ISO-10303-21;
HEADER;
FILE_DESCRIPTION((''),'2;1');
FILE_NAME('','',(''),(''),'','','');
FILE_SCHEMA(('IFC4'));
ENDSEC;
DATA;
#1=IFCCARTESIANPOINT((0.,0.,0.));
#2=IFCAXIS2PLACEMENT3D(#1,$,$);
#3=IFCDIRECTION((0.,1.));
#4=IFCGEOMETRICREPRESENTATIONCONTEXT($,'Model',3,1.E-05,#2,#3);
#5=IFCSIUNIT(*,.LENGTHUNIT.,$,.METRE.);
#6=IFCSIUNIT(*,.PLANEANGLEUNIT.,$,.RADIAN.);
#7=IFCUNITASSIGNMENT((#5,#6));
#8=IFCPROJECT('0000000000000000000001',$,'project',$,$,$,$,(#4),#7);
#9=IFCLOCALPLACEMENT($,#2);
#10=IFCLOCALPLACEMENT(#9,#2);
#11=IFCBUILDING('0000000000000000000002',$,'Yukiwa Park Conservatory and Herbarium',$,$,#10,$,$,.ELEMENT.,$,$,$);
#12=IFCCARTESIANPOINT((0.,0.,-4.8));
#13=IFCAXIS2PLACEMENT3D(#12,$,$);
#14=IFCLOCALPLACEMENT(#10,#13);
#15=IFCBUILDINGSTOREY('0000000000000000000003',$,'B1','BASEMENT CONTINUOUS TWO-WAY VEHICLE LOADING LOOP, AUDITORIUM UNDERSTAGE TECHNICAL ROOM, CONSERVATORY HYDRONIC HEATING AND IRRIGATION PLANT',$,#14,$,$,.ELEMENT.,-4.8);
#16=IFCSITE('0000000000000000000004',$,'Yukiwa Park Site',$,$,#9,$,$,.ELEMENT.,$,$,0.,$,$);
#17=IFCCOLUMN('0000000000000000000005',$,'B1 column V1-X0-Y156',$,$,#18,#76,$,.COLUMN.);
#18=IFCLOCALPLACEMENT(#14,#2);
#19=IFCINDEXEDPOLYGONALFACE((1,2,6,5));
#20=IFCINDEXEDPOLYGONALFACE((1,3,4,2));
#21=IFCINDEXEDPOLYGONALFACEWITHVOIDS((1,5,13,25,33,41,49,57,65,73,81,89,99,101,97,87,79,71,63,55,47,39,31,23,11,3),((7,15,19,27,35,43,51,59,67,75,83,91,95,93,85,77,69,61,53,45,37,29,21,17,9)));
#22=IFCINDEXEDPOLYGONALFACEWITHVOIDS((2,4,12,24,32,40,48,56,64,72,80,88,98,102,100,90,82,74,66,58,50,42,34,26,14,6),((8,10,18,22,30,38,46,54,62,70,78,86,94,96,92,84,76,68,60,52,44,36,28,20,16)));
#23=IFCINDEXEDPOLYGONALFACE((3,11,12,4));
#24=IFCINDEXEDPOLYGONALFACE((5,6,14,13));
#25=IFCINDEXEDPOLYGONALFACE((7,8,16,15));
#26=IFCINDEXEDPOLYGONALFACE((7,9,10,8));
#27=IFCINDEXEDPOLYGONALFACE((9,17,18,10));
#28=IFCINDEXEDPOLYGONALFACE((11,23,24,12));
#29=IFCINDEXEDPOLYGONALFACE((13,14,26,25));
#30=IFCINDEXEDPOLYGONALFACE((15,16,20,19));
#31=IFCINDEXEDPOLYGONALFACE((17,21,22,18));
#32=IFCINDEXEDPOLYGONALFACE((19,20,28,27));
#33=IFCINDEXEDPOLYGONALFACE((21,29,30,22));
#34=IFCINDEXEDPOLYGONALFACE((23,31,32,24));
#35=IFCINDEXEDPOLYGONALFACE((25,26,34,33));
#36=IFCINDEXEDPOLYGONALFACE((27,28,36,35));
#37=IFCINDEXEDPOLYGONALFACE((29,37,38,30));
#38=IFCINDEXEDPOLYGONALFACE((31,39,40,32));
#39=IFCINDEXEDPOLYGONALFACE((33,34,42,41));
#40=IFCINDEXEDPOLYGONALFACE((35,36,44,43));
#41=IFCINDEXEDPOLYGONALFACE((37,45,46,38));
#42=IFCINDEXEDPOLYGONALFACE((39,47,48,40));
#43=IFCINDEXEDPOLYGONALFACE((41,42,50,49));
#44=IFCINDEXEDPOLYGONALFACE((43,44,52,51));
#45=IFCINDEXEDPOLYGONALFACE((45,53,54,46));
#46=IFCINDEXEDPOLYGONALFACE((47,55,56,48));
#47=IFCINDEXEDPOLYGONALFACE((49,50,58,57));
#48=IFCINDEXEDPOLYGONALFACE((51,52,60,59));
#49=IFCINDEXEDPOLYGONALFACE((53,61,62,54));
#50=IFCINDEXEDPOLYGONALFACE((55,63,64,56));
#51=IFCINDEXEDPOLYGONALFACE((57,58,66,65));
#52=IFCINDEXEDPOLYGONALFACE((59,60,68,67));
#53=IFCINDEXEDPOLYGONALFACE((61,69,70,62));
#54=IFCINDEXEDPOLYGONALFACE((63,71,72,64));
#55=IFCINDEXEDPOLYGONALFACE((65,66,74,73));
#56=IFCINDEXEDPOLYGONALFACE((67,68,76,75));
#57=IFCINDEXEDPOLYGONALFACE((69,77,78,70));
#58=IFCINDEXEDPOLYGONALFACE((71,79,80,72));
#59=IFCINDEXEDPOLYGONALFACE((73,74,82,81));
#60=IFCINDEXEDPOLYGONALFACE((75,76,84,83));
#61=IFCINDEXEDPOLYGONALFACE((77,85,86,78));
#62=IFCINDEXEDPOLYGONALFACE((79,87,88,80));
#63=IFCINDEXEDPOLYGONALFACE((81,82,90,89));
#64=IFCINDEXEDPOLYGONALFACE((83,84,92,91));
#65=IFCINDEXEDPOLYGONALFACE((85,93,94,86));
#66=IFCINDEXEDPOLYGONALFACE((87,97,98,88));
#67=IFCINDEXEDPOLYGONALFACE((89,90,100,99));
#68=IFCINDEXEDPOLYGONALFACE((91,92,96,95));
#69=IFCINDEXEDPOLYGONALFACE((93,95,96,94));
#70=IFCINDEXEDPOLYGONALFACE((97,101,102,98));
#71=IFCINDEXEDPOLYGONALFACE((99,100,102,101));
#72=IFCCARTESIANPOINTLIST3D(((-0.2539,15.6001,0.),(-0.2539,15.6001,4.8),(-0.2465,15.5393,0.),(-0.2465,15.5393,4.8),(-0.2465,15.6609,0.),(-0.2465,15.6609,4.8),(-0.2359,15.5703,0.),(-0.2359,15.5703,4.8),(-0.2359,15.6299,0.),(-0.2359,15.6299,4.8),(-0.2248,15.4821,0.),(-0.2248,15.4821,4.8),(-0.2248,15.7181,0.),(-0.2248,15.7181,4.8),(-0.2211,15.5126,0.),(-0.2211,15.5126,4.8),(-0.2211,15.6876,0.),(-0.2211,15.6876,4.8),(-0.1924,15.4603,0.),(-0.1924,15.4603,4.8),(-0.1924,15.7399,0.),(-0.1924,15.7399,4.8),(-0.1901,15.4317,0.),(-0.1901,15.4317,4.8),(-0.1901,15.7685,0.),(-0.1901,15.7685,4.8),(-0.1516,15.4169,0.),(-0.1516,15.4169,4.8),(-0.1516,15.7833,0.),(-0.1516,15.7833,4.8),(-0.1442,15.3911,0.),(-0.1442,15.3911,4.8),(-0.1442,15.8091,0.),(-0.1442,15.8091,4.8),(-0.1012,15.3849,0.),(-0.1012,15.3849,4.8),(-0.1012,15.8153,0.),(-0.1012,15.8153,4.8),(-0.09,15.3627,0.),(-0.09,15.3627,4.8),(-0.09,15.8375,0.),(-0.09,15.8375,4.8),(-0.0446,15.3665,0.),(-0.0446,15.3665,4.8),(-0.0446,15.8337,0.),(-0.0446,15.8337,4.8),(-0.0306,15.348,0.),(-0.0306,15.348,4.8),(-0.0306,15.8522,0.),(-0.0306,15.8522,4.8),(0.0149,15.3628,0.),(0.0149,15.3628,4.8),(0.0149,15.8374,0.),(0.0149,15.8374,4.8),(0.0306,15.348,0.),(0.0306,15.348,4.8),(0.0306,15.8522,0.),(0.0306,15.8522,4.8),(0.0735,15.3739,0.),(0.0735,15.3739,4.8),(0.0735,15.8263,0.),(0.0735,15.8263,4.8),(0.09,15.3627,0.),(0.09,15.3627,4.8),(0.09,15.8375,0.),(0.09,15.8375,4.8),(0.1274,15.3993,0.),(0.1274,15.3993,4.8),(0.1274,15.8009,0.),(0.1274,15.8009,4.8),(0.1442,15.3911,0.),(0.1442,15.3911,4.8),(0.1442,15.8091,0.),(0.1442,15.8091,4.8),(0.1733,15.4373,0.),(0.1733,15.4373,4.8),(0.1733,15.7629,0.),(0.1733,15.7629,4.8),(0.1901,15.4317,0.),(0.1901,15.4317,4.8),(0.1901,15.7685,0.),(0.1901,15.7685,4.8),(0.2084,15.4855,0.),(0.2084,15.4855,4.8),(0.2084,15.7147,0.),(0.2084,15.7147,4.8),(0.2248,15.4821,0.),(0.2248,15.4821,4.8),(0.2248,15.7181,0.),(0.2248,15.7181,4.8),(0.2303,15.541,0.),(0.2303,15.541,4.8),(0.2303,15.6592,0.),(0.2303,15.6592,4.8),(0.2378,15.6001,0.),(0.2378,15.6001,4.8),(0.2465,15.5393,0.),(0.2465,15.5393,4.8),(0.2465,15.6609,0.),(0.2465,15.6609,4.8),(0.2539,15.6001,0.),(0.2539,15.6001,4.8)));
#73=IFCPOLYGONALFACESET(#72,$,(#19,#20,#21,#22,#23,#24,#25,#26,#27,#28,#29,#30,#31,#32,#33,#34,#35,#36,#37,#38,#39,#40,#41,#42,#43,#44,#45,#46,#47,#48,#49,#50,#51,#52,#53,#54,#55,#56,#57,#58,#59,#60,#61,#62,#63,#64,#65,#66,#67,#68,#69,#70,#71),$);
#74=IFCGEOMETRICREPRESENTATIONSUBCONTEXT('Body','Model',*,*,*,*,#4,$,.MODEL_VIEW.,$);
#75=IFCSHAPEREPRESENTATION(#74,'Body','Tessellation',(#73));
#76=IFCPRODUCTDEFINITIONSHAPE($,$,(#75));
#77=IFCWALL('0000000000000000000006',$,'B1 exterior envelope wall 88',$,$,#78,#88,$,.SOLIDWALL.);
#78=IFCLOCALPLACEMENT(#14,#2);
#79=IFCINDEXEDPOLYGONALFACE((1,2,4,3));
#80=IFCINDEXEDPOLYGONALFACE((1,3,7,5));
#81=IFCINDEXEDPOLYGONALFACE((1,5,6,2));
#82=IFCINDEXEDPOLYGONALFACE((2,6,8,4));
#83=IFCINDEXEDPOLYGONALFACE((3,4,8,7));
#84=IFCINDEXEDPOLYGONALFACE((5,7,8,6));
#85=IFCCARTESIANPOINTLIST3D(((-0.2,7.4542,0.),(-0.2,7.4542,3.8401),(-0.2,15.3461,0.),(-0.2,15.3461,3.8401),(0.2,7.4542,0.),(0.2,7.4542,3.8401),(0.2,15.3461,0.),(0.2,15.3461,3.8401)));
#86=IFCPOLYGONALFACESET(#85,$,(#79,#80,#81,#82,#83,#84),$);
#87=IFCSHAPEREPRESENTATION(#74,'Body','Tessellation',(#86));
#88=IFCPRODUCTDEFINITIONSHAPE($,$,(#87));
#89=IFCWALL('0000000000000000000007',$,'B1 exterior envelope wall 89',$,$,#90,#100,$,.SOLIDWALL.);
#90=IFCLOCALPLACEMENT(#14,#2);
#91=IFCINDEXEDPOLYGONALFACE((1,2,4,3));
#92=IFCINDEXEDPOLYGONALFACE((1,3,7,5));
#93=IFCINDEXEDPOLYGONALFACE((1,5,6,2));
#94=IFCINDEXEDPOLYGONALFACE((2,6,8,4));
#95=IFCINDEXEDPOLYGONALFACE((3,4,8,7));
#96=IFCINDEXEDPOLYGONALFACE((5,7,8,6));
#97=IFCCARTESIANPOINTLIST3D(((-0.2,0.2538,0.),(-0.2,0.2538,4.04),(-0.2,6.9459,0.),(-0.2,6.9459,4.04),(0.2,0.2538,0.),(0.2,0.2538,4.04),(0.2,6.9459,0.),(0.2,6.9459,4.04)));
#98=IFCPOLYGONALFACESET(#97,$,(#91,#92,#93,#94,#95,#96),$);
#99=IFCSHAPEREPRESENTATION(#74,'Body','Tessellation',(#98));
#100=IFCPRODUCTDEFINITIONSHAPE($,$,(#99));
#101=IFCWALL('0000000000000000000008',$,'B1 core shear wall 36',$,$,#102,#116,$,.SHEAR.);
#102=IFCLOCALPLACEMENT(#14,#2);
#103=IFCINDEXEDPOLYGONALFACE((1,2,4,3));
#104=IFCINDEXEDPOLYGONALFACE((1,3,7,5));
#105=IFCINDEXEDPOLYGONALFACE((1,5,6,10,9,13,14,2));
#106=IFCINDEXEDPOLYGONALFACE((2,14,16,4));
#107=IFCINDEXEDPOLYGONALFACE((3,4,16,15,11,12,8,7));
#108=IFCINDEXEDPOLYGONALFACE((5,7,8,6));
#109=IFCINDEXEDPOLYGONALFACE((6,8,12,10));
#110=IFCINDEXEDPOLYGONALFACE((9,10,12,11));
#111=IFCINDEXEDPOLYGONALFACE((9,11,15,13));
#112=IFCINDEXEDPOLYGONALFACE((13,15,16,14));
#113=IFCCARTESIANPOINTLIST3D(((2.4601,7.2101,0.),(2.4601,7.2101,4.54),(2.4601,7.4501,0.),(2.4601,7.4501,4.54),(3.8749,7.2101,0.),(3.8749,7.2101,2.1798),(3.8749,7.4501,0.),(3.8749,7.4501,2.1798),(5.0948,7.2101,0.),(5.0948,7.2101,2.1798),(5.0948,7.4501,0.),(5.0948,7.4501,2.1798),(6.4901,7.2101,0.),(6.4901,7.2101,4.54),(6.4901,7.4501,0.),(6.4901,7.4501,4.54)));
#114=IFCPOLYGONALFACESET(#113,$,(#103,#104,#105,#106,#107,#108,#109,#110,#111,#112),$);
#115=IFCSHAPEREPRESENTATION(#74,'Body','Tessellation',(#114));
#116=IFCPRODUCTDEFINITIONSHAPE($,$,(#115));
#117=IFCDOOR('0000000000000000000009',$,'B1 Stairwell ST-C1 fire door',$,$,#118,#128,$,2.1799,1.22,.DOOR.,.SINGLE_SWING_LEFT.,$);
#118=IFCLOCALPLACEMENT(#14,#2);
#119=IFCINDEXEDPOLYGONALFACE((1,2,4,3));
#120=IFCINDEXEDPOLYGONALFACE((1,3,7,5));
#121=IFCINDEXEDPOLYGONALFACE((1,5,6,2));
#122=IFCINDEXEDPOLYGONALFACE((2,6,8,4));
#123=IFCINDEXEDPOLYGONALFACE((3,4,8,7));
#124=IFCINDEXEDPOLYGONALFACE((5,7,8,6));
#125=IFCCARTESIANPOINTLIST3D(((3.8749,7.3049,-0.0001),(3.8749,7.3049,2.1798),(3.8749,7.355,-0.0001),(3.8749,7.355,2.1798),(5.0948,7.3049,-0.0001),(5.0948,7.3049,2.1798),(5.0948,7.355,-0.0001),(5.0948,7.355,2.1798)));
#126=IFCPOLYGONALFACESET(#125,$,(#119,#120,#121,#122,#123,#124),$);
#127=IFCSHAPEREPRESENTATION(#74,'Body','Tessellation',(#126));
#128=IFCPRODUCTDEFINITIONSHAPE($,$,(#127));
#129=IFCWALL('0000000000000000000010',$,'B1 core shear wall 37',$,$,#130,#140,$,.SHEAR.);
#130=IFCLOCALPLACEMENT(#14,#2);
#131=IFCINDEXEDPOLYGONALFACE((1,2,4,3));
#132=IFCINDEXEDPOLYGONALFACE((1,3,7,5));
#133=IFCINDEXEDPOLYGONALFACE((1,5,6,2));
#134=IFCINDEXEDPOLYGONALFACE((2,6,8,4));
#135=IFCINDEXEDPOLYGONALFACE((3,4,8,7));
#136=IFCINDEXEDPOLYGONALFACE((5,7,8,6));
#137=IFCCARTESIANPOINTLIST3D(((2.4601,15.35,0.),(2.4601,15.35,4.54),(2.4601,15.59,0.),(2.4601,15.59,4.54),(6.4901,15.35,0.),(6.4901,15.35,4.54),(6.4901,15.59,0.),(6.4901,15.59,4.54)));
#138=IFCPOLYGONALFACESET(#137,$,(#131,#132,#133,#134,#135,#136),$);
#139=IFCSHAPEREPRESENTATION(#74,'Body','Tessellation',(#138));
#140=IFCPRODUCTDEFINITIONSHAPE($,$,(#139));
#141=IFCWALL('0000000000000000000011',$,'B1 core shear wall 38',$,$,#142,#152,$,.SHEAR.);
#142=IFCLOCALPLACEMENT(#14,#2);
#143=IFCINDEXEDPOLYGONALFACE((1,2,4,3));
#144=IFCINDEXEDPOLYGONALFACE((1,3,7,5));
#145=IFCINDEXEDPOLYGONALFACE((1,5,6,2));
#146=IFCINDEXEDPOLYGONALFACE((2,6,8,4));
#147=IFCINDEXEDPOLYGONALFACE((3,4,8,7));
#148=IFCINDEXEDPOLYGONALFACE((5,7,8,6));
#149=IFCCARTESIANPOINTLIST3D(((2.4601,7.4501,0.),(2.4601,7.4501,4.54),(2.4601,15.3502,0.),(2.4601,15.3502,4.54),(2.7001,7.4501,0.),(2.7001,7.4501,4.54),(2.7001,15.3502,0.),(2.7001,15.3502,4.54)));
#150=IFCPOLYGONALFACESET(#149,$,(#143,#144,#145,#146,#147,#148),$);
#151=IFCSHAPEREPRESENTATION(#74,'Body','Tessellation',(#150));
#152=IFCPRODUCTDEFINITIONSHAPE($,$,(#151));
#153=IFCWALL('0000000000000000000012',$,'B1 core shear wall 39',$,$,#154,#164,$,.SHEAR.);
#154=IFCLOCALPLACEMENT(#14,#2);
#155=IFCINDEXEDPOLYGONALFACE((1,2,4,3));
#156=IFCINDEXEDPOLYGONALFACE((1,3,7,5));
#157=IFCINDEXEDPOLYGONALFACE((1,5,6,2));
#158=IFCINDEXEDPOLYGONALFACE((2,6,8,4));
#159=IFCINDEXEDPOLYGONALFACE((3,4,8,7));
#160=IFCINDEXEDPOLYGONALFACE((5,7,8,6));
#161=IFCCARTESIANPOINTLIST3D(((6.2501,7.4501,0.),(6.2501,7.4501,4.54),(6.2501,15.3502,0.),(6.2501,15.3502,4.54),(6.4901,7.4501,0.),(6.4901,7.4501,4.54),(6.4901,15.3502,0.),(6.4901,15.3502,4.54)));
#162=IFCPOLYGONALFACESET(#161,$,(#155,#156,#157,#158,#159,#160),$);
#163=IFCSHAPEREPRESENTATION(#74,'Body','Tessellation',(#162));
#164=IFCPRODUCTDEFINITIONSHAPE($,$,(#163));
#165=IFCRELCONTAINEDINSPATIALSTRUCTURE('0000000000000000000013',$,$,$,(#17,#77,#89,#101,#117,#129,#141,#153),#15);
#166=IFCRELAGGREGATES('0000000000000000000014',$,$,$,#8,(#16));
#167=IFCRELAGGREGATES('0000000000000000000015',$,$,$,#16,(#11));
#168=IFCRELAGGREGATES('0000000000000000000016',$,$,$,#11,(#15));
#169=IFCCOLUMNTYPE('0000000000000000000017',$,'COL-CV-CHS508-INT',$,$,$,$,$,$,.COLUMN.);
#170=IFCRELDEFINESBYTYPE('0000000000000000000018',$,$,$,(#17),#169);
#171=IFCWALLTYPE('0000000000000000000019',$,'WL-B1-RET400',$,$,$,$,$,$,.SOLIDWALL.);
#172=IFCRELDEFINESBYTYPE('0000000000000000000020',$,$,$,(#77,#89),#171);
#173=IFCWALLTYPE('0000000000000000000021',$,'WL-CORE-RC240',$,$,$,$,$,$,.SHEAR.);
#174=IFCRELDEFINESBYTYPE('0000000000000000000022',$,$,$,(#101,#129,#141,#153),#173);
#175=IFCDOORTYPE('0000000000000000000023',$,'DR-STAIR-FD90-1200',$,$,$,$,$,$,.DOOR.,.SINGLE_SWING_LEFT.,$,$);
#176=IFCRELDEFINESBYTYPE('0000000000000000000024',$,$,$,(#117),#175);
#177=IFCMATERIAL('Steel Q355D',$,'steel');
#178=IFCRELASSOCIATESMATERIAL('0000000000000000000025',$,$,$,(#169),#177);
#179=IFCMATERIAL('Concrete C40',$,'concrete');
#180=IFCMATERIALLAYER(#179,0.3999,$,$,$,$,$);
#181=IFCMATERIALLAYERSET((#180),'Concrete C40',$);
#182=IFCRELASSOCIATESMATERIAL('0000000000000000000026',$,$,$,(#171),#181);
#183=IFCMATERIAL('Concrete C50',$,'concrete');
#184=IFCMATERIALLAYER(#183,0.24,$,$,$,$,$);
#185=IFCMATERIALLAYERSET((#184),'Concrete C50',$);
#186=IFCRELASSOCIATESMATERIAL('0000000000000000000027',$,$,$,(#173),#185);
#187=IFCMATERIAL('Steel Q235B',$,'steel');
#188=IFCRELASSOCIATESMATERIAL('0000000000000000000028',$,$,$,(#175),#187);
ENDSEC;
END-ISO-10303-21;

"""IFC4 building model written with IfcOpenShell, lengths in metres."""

from ifc_helpers import new_model, si_unit, direction, frame, frame_2d, origin, origin_2d, place, context, subcontext, project, spatial, rectangle, hollow_circle, extrude, material, layer, layer_set, material_profile, profile_set, type_object, element, fill, save


model = new_model("IFC4")

# Units and contexts
model_context = context("Model", 3, precision=1e-05, world=origin(), true_north=direction((0.0, 1.0)))
body_context = subcontext(model_context, "Body", "Model", "MODEL_VIEW")
ifc_project = project(units=[si_unit("LENGTHUNIT", "METRE"), si_unit("PLANEANGLEUNIT", "RADIAN")], contexts=[model_context])

# Site, building, storey
site_placement = place(None, origin())
site = spatial("IfcSite", under=ifc_project, at=site_placement, Name="Yukiwa Park Site", CompositionType="ELEMENT", RefElevation=0.0)
building_placement = place(site_placement, origin())
building = spatial("IfcBuilding", under=site, at=building_placement, Name="Yukiwa Park Conservatory and Herbarium", CompositionType="ELEMENT")
storey_placement = place(building_placement, frame((0.0, 0.0, -4.8)))
storey = spatial("IfcBuildingStorey", under=building, at=storey_placement, Name="B1", Description="BASEMENT CONTINUOUS TWO-WAY VEHICLE LOADING LOOP, AUDITORIUM UNDERSTAGE TECHNICAL ROOM, CONSERVATORY HYDRONIC HEATING AND IRRIGATION PLANT", CompositionType="ELEMENT", Elevation=-4.8)

# Column
ifc_material_1 = material(Name="Steel Q355D", Category="steel")
ifc_material_profile_1 = material_profile(ifc_material_1, hollow_circle(Radius=0.2539, WallThickness=0.0161, at=origin_2d()), Name="CHS 508x16")
ifc_profile_set_1 = profile_set([ifc_material_profile_1], Name="Steel Q355D")
column_type = type_object("IfcColumnType", Name="COL-CV-CHS508-INT", PredefinedType="COLUMN", material=ifc_profile_set_1)
for number, where, z_axis, x_axis, name in (
    (1, (0.0, 15.6001, 0.0), (0.0, 0.0, 1.0), (1.0, 0.0, 0.0), "B1 column V1-X0-Y156"),
):
    element("IfcColumn", number, at=place(storey_placement, frame(where, z_axis=z_axis, x_axis=x_axis)), inside=storey, type_object=column_type, Name=name, PredefinedType="COLUMN", context=body_context, shape_type="SweptSolid", body=[
        extrude(hollow_circle(Radius=0.2539, WallThickness=0.0161, at=origin_2d()), origin(), (0.0, 0.0, 1.0), 4.8),
    ])

# Walls
ifc_material_2 = material(Name="Concrete C40", Category="concrete")
ifc_layer_1 = layer(ifc_material_2, 0.3999)
ifc_layer_set_1 = layer_set([ifc_layer_1], Name="Concrete C40")
wall_type_1 = type_object("IfcWallType", Name="WL-B1-RET400", PredefinedType="SOLIDWALL", material=ifc_layer_set_1)
wall_1_placement = place(storey_placement, frame((0.0, 15.3459, 0.0), z_axis=(0.0, 0.0, 1.0), x_axis=(0.0, -1.0, 0.0)))
element("IfcWall", 2, at=wall_1_placement, inside=storey, type_object=wall_type_1, Name="B1 exterior envelope wall 88", PredefinedType="SOLIDWALL", context=body_context, shape_type="SweptSolid", body=[
    extrude(rectangle(XDim=7.8918, YDim=0.3999, at=frame_2d((3.9458, 0.0))), origin(), (0.0, 0.0, 1.0), 3.8401),
])
wall_2_placement = place(storey_placement, frame((0.0, 6.946, 0.0), z_axis=(0.0, 0.0, 1.0), x_axis=(0.0, -1.0, 0.0)))
element("IfcWall", 3, at=wall_2_placement, inside=storey, type_object=wall_type_1, Name="B1 exterior envelope wall 89", PredefinedType="SOLIDWALL", context=body_context, shape_type="SweptSolid", body=[
    extrude(rectangle(XDim=6.6921, YDim=0.3999, at=frame_2d((3.3462, 0.0))), origin(), (0.0, 0.0, 1.0), 4.04),
])

# Wall, opening, door
ifc_material_3 = material(Name="Concrete C50", Category="concrete")
ifc_layer_2 = layer(ifc_material_3, 0.24)
ifc_layer_set_2 = layer_set([ifc_layer_2], Name="Concrete C50")
wall_type_2 = type_object("IfcWallType", Name="WL-CORE-RC240", PredefinedType="SHEAR", material=ifc_layer_set_2)
wall_3_placement = place(storey_placement, frame((2.46, 7.3301, 0.0), z_axis=(0.0, 0.0, 1.0), x_axis=(1.0, 0.0, 0.0)))
wall_3 = element("IfcWall", 4, at=wall_3_placement, inside=storey, type_object=wall_type_2, Name="B1 core shear wall 36", PredefinedType="SHEAR", context=body_context, shape_type="SweptSolid", body=[
    extrude(rectangle(XDim=4.03, YDim=0.24, at=frame_2d((2.0151, 0.0))), origin(), (0.0, 0.0, 1.0), 4.54),
])
opening_placement = place(wall_3_placement, frame((1.415, 0.0, 0.0)))
opening = element("IfcOpeningElement", 5, at=opening_placement, cuts=wall_3, PredefinedType="OPENING", context=body_context, shape_type="SweptSolid", body=[
    extrude(rectangle(XDim=1.22, YDim=2.1799, at=frame_2d((0.6099, 1.0898))), frame((0.0, 0.1299, 0.0), z_axis=(0.0, -1.0, 0.0), x_axis=(1.0, 0.0, 0.0)), (0.0, 0.0, 1.0), 0.26),
])
ifc_material_4 = material(Name="Steel Q235B", Category="steel")
door_type = type_object("IfcDoorType", Name="DR-STAIR-FD90-1200", OperationType="SINGLE_SWING_LEFT", PredefinedType="DOOR", material=ifc_material_4)
door_placement = place(opening_placement, origin())
door = element("IfcDoor", 6, at=door_placement, inside=storey, type_object=door_type, Name="B1 Stairwell ST-C1 fire door", OperationType="SINGLE_SWING_LEFT", OverallHeight=2.1799, OverallWidth=1.22, PredefinedType="DOOR", context=body_context, shape_type="SweptSolid", body=[
    extrude(rectangle(XDim=1.22, YDim=2.1799, at=frame_2d((0.6099, 1.0898))), frame((0.0, 0.0249, 0.0), z_axis=(0.0, -1.0, 0.0), x_axis=(1.0, 0.0, 0.0)), (0.0, 0.0, 1.0), 0.05),
])
fill(opening, door)

# Walls
wall_4_placement = place(storey_placement, frame((2.46, 15.47, 0.0), z_axis=(0.0, 0.0, 1.0), x_axis=(1.0, 0.0, 0.0)))
element("IfcWall", 7, at=wall_4_placement, inside=storey, type_object=wall_type_2, Name="B1 core shear wall 37", PredefinedType="SHEAR", context=body_context, shape_type="SweptSolid", body=[
    extrude(rectangle(XDim=4.03, YDim=0.24, at=frame_2d((2.0151, 0.0))), origin(), (0.0, 0.0, 1.0), 4.54),
])
for number, where, z_axis, x_axis, name in (
    (8, (2.5801, 7.45, 0.0), (0.0, 0.0, 1.0), (0.0, 1.0, 0.0), "B1 core shear wall 38"),
    (9, (6.3701, 7.45, 0.0), (0.0, 0.0, 1.0), (0.0, 1.0, 0.0), "B1 core shear wall 39"),
):
    element("IfcWall", number, at=place(storey_placement, frame(where, z_axis=z_axis, x_axis=x_axis)), inside=storey, type_object=wall_type_2, Name=name, PredefinedType="SHEAR", context=body_context, shape_type="SweptSolid", body=[
        extrude(rectangle(XDim=7.9001, YDim=0.24, at=frame_2d((3.9502, 0.0))), origin(), (0.0, 0.0, 1.0), 4.54),
    ])

save(model, "model.ifc")
